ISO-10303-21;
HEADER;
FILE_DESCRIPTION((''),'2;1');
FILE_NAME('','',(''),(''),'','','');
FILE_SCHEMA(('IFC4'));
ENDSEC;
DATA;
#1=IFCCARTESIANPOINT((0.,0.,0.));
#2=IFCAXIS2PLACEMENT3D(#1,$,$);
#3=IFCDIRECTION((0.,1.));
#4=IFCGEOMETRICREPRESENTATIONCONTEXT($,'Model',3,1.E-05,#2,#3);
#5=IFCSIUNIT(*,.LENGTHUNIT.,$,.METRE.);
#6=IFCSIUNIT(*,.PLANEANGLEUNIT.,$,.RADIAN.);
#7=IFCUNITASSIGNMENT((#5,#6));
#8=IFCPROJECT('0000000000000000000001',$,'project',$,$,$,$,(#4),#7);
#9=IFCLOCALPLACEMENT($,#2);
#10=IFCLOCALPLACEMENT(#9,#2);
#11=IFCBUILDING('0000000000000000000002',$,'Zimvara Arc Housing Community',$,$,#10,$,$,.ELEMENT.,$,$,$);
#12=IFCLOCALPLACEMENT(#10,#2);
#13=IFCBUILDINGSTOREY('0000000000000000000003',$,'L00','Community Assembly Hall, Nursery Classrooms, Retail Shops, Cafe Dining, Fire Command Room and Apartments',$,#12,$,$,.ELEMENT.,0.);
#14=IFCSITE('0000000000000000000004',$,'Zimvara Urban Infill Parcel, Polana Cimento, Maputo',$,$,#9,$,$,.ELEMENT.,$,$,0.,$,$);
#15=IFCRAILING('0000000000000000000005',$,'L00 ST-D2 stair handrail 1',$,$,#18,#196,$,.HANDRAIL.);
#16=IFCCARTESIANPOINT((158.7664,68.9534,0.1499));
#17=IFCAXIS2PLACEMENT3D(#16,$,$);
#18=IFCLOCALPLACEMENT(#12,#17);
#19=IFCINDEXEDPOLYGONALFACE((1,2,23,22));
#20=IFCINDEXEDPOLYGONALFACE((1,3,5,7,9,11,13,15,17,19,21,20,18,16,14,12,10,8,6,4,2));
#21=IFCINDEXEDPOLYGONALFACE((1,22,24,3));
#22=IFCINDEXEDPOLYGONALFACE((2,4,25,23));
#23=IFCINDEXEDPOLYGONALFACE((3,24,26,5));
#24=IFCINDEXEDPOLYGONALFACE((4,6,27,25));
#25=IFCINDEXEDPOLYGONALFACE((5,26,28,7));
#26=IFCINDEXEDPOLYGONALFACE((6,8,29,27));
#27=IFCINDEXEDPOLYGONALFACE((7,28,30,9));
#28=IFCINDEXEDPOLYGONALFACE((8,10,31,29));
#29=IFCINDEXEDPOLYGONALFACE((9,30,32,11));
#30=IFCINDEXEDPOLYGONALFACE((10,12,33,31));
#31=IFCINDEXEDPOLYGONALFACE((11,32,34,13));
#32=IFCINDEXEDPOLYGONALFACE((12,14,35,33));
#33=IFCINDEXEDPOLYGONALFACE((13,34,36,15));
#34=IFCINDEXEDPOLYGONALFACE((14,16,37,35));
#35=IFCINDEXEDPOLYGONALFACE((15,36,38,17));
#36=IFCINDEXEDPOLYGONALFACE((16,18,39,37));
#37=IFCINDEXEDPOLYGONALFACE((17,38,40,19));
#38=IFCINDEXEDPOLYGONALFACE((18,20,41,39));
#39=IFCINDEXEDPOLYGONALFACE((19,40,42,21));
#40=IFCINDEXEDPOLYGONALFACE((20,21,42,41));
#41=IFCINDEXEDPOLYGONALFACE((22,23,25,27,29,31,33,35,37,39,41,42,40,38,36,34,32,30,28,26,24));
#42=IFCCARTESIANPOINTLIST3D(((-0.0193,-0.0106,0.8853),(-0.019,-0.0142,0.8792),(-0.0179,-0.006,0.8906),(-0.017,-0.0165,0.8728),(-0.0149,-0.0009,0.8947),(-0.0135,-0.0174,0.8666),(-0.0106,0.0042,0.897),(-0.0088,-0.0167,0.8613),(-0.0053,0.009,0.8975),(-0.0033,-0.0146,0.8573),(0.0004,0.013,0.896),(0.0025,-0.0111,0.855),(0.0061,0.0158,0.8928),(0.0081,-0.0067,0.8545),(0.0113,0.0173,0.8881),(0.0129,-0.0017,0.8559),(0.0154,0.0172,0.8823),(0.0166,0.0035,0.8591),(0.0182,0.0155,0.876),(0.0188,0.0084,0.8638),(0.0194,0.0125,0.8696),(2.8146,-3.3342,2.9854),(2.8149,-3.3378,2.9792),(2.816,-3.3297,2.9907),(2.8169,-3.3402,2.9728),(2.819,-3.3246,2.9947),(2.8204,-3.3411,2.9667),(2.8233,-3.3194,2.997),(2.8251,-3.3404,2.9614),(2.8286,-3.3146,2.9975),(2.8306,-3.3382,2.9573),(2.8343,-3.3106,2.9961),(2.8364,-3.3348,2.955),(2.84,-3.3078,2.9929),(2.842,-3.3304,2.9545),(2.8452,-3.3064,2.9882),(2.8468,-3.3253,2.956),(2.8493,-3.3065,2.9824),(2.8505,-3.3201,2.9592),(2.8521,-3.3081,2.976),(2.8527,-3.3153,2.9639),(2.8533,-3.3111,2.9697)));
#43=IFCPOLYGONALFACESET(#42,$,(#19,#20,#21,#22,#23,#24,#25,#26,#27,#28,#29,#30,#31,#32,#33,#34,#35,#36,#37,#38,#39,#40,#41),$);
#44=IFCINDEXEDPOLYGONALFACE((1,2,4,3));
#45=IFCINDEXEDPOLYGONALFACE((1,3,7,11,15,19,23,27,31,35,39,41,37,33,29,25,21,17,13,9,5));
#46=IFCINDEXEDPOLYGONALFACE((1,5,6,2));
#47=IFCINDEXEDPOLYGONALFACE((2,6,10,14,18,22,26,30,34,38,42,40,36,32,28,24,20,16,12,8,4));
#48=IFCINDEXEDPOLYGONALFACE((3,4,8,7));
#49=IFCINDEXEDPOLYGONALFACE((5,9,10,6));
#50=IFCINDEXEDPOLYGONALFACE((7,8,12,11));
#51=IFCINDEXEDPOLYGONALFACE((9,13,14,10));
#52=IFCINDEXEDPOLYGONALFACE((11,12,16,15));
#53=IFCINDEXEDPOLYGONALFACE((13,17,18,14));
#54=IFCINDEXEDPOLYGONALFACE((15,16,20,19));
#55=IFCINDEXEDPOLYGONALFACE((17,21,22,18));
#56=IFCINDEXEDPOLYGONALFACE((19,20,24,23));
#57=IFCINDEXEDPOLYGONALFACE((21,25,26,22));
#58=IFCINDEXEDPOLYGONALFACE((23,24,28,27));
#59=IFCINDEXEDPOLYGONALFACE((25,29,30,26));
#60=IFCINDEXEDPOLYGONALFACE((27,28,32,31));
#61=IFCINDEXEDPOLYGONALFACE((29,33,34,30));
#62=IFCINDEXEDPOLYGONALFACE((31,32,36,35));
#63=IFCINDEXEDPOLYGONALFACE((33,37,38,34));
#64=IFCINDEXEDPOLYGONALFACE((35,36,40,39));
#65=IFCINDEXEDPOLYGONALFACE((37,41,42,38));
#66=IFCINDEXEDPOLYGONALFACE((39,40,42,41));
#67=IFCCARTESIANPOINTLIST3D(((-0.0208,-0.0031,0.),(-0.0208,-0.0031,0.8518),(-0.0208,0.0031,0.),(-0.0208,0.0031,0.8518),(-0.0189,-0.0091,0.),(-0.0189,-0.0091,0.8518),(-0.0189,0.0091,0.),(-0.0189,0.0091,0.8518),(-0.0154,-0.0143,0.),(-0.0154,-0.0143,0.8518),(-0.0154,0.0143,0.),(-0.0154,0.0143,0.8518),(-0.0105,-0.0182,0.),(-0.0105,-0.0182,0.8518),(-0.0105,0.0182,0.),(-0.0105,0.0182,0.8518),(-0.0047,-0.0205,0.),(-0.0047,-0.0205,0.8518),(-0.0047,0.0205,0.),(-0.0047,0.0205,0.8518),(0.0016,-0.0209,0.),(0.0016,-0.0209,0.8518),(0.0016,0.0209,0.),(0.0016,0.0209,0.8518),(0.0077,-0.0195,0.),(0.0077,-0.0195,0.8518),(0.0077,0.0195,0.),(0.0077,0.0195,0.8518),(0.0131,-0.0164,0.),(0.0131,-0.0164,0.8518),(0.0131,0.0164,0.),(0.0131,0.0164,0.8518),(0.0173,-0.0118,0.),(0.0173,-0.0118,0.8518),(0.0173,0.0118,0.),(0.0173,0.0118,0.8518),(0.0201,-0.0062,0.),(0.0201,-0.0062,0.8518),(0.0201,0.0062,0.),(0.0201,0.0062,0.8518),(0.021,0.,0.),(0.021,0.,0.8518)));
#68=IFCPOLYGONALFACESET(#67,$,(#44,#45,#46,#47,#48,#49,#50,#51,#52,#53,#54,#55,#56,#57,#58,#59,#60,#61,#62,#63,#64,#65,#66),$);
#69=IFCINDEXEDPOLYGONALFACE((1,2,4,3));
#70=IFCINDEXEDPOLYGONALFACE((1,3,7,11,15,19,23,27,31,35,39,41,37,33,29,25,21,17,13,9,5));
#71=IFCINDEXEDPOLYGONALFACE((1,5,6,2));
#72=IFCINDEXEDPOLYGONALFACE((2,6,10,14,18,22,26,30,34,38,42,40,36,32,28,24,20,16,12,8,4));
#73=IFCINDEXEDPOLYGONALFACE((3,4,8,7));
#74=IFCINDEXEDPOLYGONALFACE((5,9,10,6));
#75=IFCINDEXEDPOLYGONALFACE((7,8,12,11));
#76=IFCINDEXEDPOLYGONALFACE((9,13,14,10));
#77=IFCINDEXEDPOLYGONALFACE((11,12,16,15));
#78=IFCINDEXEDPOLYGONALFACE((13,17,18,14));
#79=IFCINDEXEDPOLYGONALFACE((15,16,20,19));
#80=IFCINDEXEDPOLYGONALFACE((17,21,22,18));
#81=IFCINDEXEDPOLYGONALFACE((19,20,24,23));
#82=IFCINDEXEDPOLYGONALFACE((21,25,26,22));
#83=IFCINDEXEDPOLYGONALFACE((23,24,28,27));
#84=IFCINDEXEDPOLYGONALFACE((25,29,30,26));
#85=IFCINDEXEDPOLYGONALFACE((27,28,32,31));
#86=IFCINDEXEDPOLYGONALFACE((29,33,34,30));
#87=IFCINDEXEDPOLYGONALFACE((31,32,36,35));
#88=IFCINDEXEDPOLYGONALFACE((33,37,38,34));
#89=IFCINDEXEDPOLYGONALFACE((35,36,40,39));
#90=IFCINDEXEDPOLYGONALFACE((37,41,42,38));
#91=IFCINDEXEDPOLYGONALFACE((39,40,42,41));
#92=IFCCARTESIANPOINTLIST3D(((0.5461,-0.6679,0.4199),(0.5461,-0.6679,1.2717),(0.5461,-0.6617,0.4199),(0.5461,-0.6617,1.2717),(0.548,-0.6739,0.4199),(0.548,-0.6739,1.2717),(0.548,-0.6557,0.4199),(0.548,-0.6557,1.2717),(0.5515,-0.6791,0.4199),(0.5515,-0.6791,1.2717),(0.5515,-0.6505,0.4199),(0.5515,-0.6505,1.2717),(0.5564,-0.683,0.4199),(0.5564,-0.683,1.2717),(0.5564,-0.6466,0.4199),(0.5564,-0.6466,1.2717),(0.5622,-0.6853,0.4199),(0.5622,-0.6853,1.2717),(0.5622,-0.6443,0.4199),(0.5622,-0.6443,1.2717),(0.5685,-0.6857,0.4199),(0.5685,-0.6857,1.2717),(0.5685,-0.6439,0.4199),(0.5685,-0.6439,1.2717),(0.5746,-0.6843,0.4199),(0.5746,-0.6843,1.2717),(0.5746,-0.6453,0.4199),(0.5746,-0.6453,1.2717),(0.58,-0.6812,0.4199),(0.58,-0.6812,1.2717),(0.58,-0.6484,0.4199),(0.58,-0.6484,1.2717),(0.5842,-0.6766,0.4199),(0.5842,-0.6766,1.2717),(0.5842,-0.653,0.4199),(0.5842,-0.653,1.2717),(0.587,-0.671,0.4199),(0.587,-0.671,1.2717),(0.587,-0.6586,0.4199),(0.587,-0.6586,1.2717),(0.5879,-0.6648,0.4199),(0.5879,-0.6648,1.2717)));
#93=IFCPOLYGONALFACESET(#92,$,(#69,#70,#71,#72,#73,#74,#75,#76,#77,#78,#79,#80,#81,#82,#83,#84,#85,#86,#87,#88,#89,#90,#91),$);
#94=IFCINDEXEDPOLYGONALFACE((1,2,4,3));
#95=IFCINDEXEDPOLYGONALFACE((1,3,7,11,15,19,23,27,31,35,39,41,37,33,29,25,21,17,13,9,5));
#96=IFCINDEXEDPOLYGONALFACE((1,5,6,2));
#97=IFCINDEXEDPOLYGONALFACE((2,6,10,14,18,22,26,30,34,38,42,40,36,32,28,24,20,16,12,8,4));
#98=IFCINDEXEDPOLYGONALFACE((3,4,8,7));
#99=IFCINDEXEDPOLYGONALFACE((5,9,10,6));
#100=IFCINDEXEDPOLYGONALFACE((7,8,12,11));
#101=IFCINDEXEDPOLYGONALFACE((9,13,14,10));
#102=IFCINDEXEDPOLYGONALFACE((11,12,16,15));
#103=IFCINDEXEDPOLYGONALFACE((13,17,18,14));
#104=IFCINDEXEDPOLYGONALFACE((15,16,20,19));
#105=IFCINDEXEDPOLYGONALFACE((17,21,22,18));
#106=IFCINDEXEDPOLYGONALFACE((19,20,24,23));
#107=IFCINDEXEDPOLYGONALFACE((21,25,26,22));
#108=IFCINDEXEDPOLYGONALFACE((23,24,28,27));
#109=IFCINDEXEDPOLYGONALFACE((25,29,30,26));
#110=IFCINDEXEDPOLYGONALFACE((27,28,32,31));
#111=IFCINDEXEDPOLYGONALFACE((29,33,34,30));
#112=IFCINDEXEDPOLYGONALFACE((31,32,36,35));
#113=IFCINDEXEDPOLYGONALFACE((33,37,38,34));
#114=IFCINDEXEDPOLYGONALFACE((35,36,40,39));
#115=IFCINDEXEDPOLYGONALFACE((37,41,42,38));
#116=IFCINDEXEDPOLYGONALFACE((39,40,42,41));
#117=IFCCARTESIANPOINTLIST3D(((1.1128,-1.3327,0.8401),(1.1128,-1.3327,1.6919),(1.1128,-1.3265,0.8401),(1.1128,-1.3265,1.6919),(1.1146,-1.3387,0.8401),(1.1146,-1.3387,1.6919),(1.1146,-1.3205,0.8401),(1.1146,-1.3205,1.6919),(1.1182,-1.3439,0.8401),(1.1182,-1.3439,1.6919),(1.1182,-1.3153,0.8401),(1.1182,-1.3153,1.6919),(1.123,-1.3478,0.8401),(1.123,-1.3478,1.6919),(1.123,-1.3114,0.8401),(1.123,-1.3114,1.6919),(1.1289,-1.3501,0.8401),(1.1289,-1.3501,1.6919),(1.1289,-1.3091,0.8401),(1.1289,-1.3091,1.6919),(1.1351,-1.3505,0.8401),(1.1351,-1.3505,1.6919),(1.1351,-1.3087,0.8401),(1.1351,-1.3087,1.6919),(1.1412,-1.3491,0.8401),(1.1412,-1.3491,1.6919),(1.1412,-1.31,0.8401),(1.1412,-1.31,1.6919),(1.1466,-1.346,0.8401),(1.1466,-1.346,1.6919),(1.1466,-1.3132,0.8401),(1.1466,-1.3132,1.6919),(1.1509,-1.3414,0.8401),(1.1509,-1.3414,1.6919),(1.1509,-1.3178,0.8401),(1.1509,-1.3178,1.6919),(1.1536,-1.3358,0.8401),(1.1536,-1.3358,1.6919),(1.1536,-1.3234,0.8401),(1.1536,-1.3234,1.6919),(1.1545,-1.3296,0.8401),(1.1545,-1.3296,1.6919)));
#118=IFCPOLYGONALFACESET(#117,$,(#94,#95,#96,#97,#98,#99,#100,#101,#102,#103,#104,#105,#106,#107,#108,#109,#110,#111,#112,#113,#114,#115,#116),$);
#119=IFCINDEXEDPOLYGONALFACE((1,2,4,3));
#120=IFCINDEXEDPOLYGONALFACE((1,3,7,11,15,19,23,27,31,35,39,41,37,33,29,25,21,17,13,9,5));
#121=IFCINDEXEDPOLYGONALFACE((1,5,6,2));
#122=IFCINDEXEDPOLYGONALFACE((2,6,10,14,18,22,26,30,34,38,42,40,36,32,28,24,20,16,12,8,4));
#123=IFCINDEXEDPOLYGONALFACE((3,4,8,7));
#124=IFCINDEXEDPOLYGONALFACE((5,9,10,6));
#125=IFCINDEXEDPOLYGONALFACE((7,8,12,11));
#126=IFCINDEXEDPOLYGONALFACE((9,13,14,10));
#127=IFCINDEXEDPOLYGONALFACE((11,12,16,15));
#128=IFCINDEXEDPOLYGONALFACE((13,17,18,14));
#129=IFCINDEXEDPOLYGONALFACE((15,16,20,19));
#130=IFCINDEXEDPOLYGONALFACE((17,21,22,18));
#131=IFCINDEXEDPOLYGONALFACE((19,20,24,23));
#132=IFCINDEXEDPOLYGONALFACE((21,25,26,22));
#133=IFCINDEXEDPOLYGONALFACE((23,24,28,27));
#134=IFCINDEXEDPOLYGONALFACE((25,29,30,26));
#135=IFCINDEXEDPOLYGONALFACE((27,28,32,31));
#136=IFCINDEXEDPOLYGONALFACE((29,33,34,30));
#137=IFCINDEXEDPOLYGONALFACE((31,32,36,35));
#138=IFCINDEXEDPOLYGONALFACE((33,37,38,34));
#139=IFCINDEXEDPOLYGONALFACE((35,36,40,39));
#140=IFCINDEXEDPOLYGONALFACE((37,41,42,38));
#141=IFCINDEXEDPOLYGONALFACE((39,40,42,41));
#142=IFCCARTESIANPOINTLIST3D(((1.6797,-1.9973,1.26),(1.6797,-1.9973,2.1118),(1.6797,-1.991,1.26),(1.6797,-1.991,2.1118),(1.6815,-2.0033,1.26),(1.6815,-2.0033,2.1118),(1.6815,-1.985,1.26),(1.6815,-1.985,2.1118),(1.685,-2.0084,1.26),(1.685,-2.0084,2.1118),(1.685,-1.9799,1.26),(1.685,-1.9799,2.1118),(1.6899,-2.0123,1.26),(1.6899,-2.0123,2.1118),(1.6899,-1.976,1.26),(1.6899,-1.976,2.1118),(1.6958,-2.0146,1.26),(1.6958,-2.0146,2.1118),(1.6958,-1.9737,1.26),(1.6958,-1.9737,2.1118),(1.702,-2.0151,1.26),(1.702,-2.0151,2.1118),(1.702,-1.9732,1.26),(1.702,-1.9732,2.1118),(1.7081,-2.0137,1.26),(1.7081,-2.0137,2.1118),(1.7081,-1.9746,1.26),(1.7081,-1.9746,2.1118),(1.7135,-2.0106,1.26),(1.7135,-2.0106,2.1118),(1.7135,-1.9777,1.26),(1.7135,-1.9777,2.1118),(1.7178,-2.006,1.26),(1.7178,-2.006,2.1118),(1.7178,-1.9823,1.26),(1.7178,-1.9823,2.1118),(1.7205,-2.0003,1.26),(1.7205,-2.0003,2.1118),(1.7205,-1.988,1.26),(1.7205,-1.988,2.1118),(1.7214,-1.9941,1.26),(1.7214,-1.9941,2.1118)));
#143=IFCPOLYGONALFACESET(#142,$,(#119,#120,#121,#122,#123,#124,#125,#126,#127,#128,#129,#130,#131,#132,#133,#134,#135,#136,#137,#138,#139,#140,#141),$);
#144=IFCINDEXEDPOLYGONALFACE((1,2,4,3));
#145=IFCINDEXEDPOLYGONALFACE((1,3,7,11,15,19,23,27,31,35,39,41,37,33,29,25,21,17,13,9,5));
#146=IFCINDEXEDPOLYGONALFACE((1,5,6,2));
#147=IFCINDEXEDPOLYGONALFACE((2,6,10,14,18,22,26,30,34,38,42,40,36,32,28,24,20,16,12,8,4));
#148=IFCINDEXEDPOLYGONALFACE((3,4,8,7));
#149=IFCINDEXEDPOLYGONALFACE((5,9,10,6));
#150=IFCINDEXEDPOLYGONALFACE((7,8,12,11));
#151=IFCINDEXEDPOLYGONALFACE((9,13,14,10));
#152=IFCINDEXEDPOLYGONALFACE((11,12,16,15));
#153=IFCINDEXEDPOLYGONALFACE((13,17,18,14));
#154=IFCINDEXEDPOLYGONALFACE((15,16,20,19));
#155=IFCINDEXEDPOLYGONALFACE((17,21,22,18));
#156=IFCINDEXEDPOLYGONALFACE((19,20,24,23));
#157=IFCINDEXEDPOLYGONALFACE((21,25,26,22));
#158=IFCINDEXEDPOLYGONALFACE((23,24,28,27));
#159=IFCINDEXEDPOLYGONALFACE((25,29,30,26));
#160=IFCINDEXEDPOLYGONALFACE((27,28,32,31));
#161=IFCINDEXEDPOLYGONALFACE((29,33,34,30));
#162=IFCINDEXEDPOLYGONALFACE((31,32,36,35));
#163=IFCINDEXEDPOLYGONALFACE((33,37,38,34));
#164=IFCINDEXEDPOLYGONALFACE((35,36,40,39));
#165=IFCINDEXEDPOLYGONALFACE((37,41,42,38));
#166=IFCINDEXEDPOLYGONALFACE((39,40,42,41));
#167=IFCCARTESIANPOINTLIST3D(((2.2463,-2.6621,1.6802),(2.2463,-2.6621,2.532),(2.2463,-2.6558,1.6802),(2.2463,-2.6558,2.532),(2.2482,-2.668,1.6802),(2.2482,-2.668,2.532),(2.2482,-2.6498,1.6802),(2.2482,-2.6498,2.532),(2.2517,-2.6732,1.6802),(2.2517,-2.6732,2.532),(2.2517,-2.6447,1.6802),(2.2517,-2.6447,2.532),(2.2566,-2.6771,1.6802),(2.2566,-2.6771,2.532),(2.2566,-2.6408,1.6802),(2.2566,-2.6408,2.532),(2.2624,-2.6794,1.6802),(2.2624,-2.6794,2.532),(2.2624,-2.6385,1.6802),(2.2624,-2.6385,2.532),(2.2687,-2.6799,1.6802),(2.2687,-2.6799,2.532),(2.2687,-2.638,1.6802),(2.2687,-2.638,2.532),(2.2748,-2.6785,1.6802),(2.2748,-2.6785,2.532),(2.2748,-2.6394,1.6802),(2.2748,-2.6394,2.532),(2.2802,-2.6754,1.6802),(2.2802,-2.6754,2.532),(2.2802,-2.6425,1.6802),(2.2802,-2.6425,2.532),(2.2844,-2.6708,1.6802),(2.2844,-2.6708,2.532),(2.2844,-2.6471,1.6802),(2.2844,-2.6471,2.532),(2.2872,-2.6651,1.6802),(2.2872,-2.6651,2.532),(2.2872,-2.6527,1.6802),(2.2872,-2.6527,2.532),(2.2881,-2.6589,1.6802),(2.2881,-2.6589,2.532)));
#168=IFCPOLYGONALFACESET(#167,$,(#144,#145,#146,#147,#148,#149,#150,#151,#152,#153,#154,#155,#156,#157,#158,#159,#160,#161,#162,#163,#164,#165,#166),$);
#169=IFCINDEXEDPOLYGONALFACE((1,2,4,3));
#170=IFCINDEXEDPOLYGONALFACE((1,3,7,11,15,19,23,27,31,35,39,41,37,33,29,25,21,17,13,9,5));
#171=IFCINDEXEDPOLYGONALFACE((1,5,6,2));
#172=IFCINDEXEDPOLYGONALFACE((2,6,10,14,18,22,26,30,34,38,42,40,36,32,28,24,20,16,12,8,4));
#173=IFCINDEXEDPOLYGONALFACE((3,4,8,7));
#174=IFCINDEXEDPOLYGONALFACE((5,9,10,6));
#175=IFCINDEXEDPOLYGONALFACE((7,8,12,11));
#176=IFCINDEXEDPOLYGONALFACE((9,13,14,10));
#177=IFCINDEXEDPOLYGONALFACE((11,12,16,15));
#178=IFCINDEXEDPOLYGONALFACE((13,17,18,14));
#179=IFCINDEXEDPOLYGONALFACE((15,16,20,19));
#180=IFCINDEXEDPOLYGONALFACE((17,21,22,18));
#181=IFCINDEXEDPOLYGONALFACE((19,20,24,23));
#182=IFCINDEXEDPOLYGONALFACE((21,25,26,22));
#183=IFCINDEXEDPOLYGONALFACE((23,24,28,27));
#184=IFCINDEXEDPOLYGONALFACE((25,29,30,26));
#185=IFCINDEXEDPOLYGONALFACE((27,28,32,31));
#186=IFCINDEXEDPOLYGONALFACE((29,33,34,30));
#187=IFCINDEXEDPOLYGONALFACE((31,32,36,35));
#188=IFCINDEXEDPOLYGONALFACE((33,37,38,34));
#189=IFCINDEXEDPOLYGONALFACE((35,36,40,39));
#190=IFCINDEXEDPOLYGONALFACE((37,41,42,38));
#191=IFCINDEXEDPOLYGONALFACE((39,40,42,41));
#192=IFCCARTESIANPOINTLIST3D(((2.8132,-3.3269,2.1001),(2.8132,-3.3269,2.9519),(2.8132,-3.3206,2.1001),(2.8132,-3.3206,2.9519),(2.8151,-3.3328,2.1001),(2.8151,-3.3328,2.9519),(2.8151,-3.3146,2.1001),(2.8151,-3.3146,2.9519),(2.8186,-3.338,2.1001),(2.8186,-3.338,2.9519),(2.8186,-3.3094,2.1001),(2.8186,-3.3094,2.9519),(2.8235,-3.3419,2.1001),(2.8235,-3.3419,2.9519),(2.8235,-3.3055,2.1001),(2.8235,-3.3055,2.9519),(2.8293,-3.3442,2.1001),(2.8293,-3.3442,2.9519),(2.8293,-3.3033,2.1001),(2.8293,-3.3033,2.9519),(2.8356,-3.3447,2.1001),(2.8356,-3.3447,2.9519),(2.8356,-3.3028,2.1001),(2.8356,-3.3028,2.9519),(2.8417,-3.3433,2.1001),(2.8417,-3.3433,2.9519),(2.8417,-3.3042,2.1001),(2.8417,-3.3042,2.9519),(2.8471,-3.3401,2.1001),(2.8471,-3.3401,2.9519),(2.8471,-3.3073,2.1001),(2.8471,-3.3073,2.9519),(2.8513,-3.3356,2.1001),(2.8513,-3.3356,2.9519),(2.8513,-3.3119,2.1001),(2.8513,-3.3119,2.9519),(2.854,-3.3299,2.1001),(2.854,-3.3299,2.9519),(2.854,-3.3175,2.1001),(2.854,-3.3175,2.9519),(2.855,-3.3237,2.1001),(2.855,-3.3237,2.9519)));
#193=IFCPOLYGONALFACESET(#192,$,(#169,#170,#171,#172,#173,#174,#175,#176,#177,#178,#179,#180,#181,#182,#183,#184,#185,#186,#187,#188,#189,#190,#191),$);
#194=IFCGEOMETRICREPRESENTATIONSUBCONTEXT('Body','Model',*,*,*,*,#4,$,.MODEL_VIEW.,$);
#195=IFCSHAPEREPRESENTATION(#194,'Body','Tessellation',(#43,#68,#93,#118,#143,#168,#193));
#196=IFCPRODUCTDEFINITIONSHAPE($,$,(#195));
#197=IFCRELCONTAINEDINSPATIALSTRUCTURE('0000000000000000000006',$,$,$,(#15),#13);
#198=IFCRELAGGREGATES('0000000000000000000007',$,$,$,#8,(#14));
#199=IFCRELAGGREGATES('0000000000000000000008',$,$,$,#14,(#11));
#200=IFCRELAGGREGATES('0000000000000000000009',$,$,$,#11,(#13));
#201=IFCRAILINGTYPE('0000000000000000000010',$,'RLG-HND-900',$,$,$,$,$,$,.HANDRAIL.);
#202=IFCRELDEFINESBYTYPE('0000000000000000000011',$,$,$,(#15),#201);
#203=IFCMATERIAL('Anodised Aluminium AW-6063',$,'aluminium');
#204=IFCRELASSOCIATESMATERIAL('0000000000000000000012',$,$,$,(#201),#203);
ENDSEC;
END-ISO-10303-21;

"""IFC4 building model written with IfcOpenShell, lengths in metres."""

from ifc_helpers import new_model, si_unit, direction, frame, origin, origin_2d, place, context, subcontext, project, spatial, circle, extrude, material, type_object, element, save


model = new_model("IFC4")

# Units and contexts
model_context = context("Model", 3, precision=1e-05, world=origin(), true_north=direction((0.0, 1.0)))
body_context = subcontext(model_context, "Body", "Model", "MODEL_VIEW")
ifc_project = project(units=[si_unit("LENGTHUNIT", "METRE"), si_unit("PLANEANGLEUNIT", "RADIAN")], contexts=[model_context])

# Site, building, storey
site_placement = place(None, origin())
site = spatial("IfcSite", under=ifc_project, at=site_placement, Name="Zimvara Urban Infill Parcel, Polana Cimento, Maputo", CompositionType="ELEMENT", RefElevation=0.0)
building_placement = place(site_placement, origin())
building = spatial("IfcBuilding", under=site, at=building_placement, Name="Zimvara Arc Housing Community", CompositionType="ELEMENT")
storey_placement = place(building_placement, origin())
storey = spatial("IfcBuildingStorey", under=building, at=storey_placement, Name="L00", Description="Community Assembly Hall, Nursery Classrooms, Retail Shops, Cafe Dining, Fire Command Room and Apartments", CompositionType="ELEMENT", Elevation=0.0)

# Railing
ifc_material_1 = material(Name="Anodised Aluminium AW-6063", Category="aluminium")
railing_type_1 = type_object("IfcRailingType", Name="RLG-HND-900", PredefinedType="HANDRAIL", material=ifc_material_1)
railing_1_placement = place(storey_placement, frame((158.7664, 68.9534, 0.1499)))
element("IfcRailing", 1, at=railing_1_placement, inside=storey, type_object=railing_type_1, Name="L00 ST-D2 stair handrail 1", PredefinedType="HANDRAIL", context=body_context, shape_type="SweptSolid", body=[
    extrude(circle(Radius=0.0239, at=origin_2d()), frame((0.0, 0.0, 0.876), z_axis=(0.584742, -0.685793, 0.433318), x_axis=(0.760943, 0.648819, 0.0)), (0.0, 0.0, 1.0), 4.8464),
    extrude(circle(Radius=0.021, at=origin_2d()), origin(), (0.0, 0.0, 1.0), 0.8518),
    extrude(circle(Radius=0.021, at=origin_2d()), frame((0.5669, -0.6648, 0.4199)), (0.0, 0.0, 1.0), 0.8518),
    extrude(circle(Radius=0.021, at=origin_2d()), frame((1.1335, -1.3296, 0.8401)), (0.0, 0.0, 1.0), 0.8518),
    extrude(circle(Radius=0.021, at=origin_2d()), frame((1.7004, -1.9941, 1.26)), (0.0, 0.0, 1.0), 0.8518),
    extrude(circle(Radius=0.021, at=origin_2d()), frame((2.2671, -2.6589, 1.6802)), (0.0, 0.0, 1.0), 0.8518),
    extrude(circle(Radius=0.021, at=origin_2d()), frame((2.834, -3.3237, 2.1001)), (0.0, 0.0, 1.0), 0.8518),
])

save(model, "model.ifc")
